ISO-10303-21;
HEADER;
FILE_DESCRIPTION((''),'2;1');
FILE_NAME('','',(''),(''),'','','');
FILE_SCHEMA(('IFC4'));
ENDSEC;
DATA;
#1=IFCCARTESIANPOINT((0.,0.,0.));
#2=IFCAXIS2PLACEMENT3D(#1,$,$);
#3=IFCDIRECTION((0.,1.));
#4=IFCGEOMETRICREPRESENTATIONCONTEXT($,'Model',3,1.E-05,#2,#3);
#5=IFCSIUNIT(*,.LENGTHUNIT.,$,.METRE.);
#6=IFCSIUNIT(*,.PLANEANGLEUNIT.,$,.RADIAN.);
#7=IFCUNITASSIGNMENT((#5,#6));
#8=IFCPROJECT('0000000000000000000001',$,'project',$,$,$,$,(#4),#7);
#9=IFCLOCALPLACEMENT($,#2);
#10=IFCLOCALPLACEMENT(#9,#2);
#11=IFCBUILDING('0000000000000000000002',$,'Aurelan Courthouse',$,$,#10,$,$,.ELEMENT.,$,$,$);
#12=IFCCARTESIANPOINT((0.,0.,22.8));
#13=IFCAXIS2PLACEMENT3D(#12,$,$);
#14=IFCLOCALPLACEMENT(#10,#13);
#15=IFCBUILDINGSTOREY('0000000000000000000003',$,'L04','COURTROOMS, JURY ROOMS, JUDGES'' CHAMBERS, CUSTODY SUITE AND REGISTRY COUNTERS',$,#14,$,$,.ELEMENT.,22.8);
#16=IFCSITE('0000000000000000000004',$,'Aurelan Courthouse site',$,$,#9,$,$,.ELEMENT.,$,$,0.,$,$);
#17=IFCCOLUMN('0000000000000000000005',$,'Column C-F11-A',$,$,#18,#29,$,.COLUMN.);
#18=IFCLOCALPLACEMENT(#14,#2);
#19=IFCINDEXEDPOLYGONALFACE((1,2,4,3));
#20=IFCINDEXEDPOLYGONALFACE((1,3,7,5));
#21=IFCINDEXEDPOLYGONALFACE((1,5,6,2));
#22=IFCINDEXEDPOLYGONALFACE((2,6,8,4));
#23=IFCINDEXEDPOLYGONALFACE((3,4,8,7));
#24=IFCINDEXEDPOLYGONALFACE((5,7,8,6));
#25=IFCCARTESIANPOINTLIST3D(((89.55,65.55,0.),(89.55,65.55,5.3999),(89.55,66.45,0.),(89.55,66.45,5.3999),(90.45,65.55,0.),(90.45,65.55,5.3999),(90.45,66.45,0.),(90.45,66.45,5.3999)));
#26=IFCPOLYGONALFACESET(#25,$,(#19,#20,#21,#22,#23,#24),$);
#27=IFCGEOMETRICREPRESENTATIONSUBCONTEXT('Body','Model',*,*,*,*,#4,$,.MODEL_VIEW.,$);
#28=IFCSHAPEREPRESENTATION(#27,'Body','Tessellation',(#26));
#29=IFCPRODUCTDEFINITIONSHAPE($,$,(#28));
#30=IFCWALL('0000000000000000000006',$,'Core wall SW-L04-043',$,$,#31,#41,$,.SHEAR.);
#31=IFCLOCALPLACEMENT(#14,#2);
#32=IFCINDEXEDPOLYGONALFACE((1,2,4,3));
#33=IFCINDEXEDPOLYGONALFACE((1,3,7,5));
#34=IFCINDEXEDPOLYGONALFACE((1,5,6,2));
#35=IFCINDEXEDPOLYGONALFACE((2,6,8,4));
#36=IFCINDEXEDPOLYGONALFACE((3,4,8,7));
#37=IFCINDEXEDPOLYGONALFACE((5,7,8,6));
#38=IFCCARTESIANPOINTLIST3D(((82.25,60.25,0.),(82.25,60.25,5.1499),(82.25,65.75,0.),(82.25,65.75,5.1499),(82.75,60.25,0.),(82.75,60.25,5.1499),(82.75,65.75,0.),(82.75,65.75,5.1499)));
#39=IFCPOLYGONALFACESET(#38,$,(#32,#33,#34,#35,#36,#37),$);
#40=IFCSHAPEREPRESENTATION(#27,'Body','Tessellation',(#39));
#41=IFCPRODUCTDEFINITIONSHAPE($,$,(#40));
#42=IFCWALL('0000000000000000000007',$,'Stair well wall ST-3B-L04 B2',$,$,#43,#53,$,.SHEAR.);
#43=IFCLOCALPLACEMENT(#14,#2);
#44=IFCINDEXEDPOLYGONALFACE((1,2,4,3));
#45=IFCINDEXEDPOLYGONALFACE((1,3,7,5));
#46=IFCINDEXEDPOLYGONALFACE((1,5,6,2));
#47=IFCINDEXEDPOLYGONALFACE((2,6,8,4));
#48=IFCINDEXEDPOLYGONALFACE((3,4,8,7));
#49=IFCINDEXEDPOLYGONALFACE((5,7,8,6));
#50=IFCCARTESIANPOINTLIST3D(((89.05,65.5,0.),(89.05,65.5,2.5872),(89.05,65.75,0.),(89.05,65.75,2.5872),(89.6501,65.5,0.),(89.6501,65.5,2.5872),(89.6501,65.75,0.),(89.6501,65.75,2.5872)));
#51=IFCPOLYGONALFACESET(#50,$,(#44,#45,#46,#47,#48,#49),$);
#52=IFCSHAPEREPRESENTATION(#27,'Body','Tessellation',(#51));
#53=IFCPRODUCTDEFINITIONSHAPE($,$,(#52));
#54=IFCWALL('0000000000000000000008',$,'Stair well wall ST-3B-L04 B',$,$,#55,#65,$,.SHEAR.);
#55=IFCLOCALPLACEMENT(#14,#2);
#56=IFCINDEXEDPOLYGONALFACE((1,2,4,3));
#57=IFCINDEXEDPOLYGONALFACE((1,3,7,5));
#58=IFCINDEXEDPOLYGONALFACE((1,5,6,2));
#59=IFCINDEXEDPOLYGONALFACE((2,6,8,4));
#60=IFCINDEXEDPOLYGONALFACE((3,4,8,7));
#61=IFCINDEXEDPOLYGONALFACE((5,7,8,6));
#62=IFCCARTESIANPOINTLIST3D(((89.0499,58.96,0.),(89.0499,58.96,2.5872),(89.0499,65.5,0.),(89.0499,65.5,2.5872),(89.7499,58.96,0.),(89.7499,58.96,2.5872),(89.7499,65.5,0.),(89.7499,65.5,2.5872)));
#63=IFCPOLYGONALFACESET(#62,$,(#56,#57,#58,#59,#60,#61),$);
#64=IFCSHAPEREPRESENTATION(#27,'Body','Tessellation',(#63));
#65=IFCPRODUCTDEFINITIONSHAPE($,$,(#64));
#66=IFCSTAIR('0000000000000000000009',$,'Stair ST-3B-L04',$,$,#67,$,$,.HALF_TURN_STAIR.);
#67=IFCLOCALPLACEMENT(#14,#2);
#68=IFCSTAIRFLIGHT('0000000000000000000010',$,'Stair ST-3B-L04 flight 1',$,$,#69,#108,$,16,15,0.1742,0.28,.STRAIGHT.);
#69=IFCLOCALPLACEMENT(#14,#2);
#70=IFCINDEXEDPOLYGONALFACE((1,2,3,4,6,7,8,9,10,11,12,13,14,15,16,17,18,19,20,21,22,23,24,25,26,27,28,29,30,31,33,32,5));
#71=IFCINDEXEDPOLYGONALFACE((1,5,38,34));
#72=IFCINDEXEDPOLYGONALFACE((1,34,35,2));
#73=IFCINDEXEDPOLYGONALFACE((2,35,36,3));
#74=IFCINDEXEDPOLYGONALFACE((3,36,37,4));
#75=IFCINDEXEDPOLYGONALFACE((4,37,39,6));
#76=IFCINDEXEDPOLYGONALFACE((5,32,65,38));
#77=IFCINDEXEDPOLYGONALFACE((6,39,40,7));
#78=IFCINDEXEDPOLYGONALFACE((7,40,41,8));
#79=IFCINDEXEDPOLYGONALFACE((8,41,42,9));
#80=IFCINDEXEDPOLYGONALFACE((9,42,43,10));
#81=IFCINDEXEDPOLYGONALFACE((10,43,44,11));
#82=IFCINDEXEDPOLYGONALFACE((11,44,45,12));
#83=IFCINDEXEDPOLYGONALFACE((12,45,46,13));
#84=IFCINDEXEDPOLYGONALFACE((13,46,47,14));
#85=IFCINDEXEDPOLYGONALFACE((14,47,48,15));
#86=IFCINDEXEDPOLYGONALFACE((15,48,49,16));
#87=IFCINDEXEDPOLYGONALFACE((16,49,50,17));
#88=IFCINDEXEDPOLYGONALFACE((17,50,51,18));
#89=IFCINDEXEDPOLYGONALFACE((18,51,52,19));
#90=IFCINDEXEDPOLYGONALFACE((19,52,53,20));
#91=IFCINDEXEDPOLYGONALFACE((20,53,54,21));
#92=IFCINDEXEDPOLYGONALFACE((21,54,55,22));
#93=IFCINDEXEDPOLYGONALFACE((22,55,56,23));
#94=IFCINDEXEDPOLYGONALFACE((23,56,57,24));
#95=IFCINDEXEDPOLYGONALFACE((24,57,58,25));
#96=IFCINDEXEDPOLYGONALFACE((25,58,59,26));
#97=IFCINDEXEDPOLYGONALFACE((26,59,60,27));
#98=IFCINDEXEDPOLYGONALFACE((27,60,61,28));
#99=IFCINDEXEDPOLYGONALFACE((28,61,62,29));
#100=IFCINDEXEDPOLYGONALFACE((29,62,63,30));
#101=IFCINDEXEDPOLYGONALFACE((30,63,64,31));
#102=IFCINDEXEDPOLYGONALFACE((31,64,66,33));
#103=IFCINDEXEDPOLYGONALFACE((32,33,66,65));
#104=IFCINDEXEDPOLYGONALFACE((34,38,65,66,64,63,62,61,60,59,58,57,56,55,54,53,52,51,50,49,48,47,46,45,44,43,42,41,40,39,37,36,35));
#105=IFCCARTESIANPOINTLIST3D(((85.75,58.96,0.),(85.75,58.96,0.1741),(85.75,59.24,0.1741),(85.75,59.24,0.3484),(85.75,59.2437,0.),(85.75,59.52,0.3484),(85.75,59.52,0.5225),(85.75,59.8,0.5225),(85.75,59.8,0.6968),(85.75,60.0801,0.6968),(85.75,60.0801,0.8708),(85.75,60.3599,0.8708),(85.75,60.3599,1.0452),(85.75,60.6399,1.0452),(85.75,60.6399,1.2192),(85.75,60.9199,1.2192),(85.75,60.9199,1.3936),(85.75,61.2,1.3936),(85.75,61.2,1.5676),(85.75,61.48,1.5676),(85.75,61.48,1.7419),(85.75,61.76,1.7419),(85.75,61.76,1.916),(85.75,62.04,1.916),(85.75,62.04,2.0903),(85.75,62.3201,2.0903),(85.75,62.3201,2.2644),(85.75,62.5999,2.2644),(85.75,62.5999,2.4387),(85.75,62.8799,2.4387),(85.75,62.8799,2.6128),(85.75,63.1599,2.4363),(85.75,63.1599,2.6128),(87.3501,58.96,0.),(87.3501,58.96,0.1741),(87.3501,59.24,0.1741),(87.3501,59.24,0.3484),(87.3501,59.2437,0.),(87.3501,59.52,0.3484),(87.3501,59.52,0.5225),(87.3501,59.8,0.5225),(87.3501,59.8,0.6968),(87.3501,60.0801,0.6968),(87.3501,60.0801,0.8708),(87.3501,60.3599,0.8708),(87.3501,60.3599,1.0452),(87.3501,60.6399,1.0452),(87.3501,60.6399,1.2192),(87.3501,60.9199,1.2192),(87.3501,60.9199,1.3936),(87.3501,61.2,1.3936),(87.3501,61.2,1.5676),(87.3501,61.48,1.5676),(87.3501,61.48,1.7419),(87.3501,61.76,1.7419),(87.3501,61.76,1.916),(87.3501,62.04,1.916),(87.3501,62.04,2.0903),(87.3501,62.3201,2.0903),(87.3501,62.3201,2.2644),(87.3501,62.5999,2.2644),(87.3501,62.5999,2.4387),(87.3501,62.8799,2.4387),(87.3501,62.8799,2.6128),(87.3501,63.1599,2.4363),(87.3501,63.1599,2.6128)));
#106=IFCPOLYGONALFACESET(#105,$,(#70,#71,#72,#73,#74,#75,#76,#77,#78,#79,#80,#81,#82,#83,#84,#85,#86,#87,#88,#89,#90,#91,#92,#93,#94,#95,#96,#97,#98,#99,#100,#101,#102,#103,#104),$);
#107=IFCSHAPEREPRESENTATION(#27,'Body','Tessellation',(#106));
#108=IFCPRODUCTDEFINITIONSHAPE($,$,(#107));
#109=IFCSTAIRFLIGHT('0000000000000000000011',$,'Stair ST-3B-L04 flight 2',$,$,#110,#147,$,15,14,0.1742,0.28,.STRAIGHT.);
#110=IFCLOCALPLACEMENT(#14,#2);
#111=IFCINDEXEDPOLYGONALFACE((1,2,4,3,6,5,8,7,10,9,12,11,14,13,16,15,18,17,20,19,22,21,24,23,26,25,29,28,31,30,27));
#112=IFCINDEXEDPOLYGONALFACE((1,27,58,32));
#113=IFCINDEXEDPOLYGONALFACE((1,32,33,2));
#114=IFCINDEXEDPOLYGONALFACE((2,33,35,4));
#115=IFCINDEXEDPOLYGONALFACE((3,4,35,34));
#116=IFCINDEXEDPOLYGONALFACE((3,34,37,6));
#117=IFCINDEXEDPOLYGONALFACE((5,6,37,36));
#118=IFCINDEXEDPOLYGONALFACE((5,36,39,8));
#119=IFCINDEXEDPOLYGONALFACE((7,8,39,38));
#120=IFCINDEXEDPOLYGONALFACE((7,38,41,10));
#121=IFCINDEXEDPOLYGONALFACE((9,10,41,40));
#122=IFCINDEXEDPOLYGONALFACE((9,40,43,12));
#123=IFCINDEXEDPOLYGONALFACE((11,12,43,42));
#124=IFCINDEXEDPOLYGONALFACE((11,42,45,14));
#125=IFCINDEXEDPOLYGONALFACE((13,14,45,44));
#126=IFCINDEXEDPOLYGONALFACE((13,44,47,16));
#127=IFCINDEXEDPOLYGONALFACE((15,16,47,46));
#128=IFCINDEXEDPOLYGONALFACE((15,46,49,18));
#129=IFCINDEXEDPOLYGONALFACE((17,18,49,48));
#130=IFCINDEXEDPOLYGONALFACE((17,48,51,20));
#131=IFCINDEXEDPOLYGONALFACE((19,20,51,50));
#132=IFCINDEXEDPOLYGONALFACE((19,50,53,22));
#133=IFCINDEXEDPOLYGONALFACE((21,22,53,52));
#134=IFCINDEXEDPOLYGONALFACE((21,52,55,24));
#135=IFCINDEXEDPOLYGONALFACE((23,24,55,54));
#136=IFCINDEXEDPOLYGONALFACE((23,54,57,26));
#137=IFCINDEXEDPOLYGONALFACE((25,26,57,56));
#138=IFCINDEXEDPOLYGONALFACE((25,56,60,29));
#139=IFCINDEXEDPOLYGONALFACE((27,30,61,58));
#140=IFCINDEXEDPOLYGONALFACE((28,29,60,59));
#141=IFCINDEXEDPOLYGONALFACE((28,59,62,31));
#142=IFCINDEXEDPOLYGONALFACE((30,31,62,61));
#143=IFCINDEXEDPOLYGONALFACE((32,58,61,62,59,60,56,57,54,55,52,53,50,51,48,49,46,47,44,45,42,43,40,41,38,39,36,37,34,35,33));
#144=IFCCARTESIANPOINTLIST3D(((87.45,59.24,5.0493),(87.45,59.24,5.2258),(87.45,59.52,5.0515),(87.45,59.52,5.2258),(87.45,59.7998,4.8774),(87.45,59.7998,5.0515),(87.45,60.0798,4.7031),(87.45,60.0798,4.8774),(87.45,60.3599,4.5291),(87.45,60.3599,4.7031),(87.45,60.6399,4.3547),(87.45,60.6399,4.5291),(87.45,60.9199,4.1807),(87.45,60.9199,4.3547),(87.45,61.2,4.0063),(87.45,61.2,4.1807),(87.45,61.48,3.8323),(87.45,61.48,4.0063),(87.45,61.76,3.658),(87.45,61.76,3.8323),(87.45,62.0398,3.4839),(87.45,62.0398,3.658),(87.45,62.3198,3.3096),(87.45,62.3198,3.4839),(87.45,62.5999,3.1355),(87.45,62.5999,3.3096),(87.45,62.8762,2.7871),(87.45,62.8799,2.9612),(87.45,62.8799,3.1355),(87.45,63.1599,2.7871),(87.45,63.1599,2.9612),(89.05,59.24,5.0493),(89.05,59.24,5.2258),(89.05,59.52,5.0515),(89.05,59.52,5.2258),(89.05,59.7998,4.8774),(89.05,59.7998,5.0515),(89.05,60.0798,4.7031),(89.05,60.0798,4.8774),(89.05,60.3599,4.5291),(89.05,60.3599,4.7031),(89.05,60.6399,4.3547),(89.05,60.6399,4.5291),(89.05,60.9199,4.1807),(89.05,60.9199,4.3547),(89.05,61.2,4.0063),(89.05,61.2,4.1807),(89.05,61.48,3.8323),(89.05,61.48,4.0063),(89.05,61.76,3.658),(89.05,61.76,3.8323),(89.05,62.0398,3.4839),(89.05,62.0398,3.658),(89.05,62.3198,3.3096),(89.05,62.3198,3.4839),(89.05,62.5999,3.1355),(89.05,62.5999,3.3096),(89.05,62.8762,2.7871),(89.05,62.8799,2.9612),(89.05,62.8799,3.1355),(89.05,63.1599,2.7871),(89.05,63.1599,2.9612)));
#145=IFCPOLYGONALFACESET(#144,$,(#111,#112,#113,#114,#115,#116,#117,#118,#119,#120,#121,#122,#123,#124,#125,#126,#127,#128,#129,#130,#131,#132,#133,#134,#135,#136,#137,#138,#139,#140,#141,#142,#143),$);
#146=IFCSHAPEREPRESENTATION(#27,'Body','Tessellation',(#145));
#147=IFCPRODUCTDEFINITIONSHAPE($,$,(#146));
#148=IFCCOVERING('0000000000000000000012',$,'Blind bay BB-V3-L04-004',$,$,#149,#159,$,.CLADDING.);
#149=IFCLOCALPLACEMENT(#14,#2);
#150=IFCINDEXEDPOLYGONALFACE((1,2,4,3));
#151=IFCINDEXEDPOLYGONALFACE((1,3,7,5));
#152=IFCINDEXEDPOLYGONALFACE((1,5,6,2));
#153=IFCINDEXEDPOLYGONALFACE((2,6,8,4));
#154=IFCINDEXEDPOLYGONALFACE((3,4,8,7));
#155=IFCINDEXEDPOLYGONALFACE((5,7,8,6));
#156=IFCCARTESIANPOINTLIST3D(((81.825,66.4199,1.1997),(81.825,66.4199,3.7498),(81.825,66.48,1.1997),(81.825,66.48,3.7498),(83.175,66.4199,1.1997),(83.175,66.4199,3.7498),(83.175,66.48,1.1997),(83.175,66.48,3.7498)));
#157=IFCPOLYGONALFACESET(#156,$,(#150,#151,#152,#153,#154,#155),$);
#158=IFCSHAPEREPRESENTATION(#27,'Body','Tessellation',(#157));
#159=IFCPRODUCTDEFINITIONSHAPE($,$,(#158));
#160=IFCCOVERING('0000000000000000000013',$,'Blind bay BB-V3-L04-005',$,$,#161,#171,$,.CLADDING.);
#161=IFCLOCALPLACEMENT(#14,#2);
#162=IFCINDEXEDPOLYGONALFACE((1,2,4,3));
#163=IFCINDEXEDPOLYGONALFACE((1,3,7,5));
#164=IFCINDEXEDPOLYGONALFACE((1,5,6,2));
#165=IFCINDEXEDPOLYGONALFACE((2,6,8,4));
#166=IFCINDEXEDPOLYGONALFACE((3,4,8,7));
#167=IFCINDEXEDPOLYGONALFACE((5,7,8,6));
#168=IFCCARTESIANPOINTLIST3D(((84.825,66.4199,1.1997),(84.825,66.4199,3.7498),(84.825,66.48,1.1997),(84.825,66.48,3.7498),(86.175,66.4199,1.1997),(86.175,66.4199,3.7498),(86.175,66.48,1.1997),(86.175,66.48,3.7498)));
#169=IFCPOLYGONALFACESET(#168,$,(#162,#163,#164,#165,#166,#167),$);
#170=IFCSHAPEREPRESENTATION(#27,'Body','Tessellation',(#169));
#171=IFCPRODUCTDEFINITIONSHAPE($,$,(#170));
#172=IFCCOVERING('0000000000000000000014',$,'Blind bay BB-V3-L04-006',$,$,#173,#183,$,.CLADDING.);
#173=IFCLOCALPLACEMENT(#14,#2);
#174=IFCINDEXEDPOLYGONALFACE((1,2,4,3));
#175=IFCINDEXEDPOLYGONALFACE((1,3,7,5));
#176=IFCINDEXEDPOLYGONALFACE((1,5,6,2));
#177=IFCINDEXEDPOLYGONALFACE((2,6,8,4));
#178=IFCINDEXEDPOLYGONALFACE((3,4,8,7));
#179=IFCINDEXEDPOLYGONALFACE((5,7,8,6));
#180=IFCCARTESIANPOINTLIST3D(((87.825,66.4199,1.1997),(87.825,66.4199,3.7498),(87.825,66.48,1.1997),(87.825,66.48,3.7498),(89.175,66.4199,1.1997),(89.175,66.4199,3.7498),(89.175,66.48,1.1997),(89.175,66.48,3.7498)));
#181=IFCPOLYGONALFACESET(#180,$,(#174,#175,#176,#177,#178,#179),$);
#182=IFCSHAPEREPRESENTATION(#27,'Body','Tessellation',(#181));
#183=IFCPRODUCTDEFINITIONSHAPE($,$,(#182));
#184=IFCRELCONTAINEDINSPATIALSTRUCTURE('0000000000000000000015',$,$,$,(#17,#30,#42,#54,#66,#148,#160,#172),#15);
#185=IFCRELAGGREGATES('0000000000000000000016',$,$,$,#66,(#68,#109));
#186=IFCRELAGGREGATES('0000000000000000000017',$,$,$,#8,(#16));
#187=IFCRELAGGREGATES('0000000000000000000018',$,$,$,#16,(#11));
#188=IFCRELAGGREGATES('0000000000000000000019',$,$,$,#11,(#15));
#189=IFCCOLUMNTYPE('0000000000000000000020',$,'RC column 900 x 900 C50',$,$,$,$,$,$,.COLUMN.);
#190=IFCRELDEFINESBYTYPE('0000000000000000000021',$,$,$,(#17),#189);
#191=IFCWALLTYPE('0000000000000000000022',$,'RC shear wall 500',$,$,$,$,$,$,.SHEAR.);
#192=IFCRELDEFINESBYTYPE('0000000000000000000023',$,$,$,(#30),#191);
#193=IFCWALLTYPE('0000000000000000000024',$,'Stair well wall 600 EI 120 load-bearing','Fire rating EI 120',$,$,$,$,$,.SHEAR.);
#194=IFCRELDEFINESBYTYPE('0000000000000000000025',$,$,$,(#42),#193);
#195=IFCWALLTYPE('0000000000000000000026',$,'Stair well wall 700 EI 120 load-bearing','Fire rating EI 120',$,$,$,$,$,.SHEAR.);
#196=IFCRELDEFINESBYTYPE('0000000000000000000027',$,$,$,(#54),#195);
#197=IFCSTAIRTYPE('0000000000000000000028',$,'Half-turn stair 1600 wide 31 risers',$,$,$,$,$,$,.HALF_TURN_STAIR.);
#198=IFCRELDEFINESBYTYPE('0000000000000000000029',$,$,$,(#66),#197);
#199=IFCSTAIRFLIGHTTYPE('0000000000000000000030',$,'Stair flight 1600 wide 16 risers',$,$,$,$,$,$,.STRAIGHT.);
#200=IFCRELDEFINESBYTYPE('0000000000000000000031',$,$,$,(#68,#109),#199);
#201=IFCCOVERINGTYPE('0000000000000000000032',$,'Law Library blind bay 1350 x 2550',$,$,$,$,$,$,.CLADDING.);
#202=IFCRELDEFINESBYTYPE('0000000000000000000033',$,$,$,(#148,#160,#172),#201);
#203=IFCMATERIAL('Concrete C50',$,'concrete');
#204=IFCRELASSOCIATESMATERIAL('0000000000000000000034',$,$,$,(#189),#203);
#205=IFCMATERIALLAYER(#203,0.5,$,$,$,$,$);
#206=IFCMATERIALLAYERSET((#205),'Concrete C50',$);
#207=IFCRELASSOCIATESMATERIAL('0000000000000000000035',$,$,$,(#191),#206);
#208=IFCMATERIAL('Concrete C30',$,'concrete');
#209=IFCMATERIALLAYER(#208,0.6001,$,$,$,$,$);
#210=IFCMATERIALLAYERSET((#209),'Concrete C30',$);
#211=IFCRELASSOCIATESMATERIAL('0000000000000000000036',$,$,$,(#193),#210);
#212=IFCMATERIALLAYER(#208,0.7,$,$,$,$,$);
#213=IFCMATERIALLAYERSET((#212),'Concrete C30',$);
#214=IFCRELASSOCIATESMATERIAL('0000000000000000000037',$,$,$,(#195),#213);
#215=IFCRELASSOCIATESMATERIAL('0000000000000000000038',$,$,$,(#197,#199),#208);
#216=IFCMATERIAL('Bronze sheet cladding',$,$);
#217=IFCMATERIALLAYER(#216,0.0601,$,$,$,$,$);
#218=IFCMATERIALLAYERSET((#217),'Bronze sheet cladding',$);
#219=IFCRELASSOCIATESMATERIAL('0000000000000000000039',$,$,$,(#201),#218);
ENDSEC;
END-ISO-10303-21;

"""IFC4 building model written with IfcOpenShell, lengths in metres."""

from ifc_helpers import new_model, si_unit, direction, frame, frame_2d, origin, origin_2d, place, context, subcontext, project, spatial, polyline, rectangle, outline, extrude, material, layer, layer_set, material_profile, profile_set, type_object, element, aggregate, save


model = new_model("IFC4")

# Units and contexts
model_context = context("Model", 3, precision=1e-05, world=origin(), true_north=direction((0.0, 1.0)))
body_context = subcontext(model_context, "Body", "Model", "MODEL_VIEW")
ifc_project = project(units=[si_unit("LENGTHUNIT", "METRE"), si_unit("PLANEANGLEUNIT", "RADIAN")], contexts=[model_context])

# Site, building, storey
site_placement = place(None, origin())
site = spatial("IfcSite", under=ifc_project, at=site_placement, Name="Aurelan Courthouse site", CompositionType="ELEMENT", RefElevation=0.0)
building_placement = place(site_placement, origin())
building = spatial("IfcBuilding", under=site, at=building_placement, Name="Aurelan Courthouse", CompositionType="ELEMENT")
storey_placement = place(building_placement, frame((0.0, 0.0, 22.8)))
storey = spatial("IfcBuildingStorey", under=building, at=storey_placement, Name="L04", Description="COURTROOMS, JURY ROOMS, JUDGES' CHAMBERS, CUSTODY SUITE AND REGISTRY COUNTERS", CompositionType="ELEMENT", Elevation=22.8)

# Column
ifc_material_1 = material(Name="Concrete C50", Category="concrete")
ifc_material_profile = material_profile(ifc_material_1, rectangle(XDim=0.8999, YDim=0.8999, at=origin_2d()), Name="RC 900 x 900")
ifc_profile_set = profile_set([ifc_material_profile], Name="Concrete C50")
column_type = type_object("IfcColumnType", Name="RC column 900 x 900 C50", PredefinedType="COLUMN", material=ifc_profile_set)
column_placement = place(storey_placement, frame((90.0, 66.0, 0.0), z_axis=(0.0, 0.0, 1.0), x_axis=(1.0, 0.0, 0.0)))
element("IfcColumn", 1, at=column_placement, inside=storey, type_object=column_type, Name="Column C-F11-A", PredefinedType="COLUMN", context=body_context, shape_type="SweptSolid", body=[
    extrude(rectangle(XDim=0.8999, YDim=0.8999, at=origin_2d()), origin(), (0.0, 0.0, 1.0), 5.3999),
])

# Walls
ifc_layer_1 = layer(ifc_material_1, 0.5)
ifc_layer_set_1 = layer_set([ifc_layer_1], Name="Concrete C50")
wall_type_1 = type_object("IfcWallType", Name="RC shear wall 500", PredefinedType="SHEAR", material=ifc_layer_set_1)
wall_1_placement = place(storey_placement, frame((82.5, 60.25, 0.0), z_axis=(0.0, 0.0, 1.0), x_axis=(0.0, 1.0, 0.0)))
element("IfcWall", 2, at=wall_1_placement, inside=storey, type_object=wall_type_1, Name="Core wall SW-L04-043", PredefinedType="SHEAR", context=body_context, shape_type="SweptSolid", body=[
    extrude(rectangle(XDim=5.5, YDim=0.5, at=frame_2d((2.75, 0.0))), origin(), (0.0, 0.0, 1.0), 5.1499),
])
ifc_material_2 = material(Name="Concrete C30", Category="concrete")
ifc_layer_2 = layer(ifc_material_2, 0.6001)
ifc_layer_set_2 = layer_set([ifc_layer_2], Name="Concrete C30")
wall_type_2 = type_object("IfcWallType", Name="Stair well wall 600 EI 120 load-bearing", Description="Fire rating EI 120", PredefinedType="SHEAR", material=ifc_layer_set_2)
wall_2_placement = place(storey_placement, frame((89.3501, 65.5, 0.0), z_axis=(0.0, 0.0, 1.0), x_axis=(0.0, 1.0, 0.0)))
element("IfcWall", 3, at=wall_2_placement, inside=storey, type_object=wall_type_2, Name="Stair well wall ST-3B-L04 B2", PredefinedType="SHEAR", context=body_context, shape_type="SweptSolid", body=[
    extrude(rectangle(XDim=0.25, YDim=0.6001, at=frame_2d((0.125, 0.0))), origin(), (0.0, 0.0, 1.0), 2.5872),
])
ifc_layer_3 = layer(ifc_material_2, 0.7)
ifc_layer_set_3 = layer_set([ifc_layer_3], Name="Concrete C30")
wall_type_3 = type_object("IfcWallType", Name="Stair well wall 700 EI 120 load-bearing", Description="Fire rating EI 120", PredefinedType="SHEAR", material=ifc_layer_set_3)
wall_3_placement = place(storey_placement, frame((89.3999, 58.96, 0.0), z_axis=(0.0, 0.0, 1.0), x_axis=(0.0, 1.0, 0.0)))
element("IfcWall", 4, at=wall_3_placement, inside=storey, type_object=wall_type_3, Name="Stair well wall ST-3B-L04 B", PredefinedType="SHEAR", context=body_context, shape_type="SweptSolid", body=[
    extrude(rectangle(XDim=6.54, YDim=0.7, at=frame_2d((3.27, 0.0))), origin(), (0.0, 0.0, 1.0), 2.5872),
])

# Stair, stair flights
stair_type = type_object("IfcStairType", Name="Half-turn stair 1600 wide 31 risers", PredefinedType="HALF_TURN_STAIR", material=ifc_material_2)
stair_placement = place(storey_placement, origin())
stair = element("IfcStair", 5, at=stair_placement, inside=storey, type_object=stair_type, Name="Stair ST-3B-L04", PredefinedType="HALF_TURN_STAIR")
stair_flight_type = type_object("IfcStairFlightType", Name="Stair flight 1600 wide 16 risers", PredefinedType="STRAIGHT", material=ifc_material_2)
stair_flight_1_placement = place(storey_placement, frame((86.55, 58.96, 0.0), z_axis=(0.0, 0.0, 1.0), x_axis=(0.0, 1.0, 0.0)))
stair_flight_1 = element("IfcStairFlight", 6, at=stair_flight_1_placement, type_object=stair_flight_type, Name="Stair ST-3B-L04 flight 1", NumberOfRisers=16, NumberOfTreads=15, PredefinedType="STRAIGHT", RiserHeight=0.1742, TreadLength=0.28, context=body_context, shape_type="SweptSolid", body=[
    extrude(outline(polyline([(0.0, 0.0), (0.0, 0.1741), (0.28, 0.1741), (0.28, 0.3484), (0.5601, 0.3484), (0.5601, 0.5225), (0.8401, 0.5225), (0.8401, 0.6968), (1.1201, 0.6968), (1.1201, 0.8708), (1.3999, 0.8708), (1.3999, 1.0452), (1.6799, 1.0452), (1.6799, 1.2192), (1.96, 1.2192), (1.96, 1.3936), (2.24, 1.3936), (2.24, 1.5676), (2.52, 1.5676), (2.52, 1.7419), (2.8, 1.7419), (2.8, 1.916), (3.0801, 1.916), (3.0801, 2.0903), (3.3601, 2.0903), (3.3601, 2.2644), (3.6399, 2.2644), (3.6399, 2.4387), (3.9199, 2.4387), (3.9199, 2.6128), (4.2, 2.6128), (4.2, 2.7871), (4.2, 2.4363), (0.2837, 0.0), (0.0, 0.0)])), frame((0.0, 0.8, 0.0), z_axis=(0.0, -1.0, 0.0), x_axis=(1.0, 0.0, 0.0)), (0.0, 0.0, 1.0), 1.6001),
])
stair_flight_2_placement = place(storey_placement, frame((88.25, 63.1599, 2.7871), z_axis=(0.0, 0.0, 1.0), x_axis=(0.0, -1.0, 0.0)))
stair_flight_2 = element("IfcStairFlight", 7, at=stair_flight_2_placement, type_object=stair_flight_type, Name="Stair ST-3B-L04 flight 2", NumberOfRisers=15, NumberOfTreads=14, PredefinedType="STRAIGHT", RiserHeight=0.1742, TreadLength=0.28, context=body_context, shape_type="SweptSolid", body=[
    extrude(outline(polyline([(0.0, 0.0), (0.0, 0.1741), (0.28, 0.1741), (0.28, 0.3484), (0.5601, 0.3484), (0.5601, 0.5225), (0.8401, 0.5225), (0.8401, 0.6968), (1.1201, 0.6968), (1.1201, 0.8708), (1.3999, 0.8708), (1.3999, 1.0452), (1.6799, 1.0452), (1.6799, 1.2192), (1.96, 1.2192), (1.96, 1.3936), (2.24, 1.3936), (2.24, 1.5676), (2.52, 1.5676), (2.52, 1.7419), (2.8, 1.7419), (2.8, 1.916), (3.0801, 1.916), (3.0801, 2.0903), (3.3601, 2.0903), (3.3601, 2.2644), (3.6399, 2.2644), (3.6399, 2.4387), (3.9199, 2.4387), (3.9199, 2.6128), (3.9199, 2.2622), (0.2837, 0.0), (0.0, 0.0)])), frame((0.0, 0.8, 0.0), z_axis=(0.0, -1.0, 0.0), x_axis=(1.0, 0.0, 0.0)), (0.0, 0.0, 1.0), 1.6001),
])
aggregate(stair, [stair_flight_1, stair_flight_2])

# Coverings
ifc_material_3 = material(Name="Bronze sheet cladding")
ifc_layer_4 = layer(ifc_material_3, 0.0601)
ifc_layer_set_4 = layer_set([ifc_layer_4], Name="Bronze sheet cladding")
covering_type = type_object("IfcCoveringType", Name="Law Library blind bay 1350 x 2550", PredefinedType="CLADDING", material=ifc_layer_set_4)
for number, where, z_axis, x_axis, name in (
    (8, (82.5, 66.45, 1.1997), (0.0, 0.0, 1.0), (1.0, 0.0, 0.0), "Blind bay BB-V3-L04-004"),
    (9, (85.5, 66.45, 1.1997), (0.0, 0.0, 1.0), (1.0, 0.0, 0.0), "Blind bay BB-V3-L04-005"),
    (10, (88.5, 66.45, 1.1997), (0.0, 0.0, 1.0), (1.0, 0.0, 0.0), "Blind bay BB-V3-L04-006"),
):
    element("IfcCovering", number, at=place(storey_placement, frame(where, z_axis=z_axis, x_axis=x_axis)), inside=storey, type_object=covering_type, Name=name, PredefinedType="CLADDING", context=body_context, shape_type="SweptSolid", body=[
        extrude(rectangle(XDim=1.3501, YDim=0.0601, at=origin_2d()), origin(), (0.0, 0.0, 1.0), 2.55),
    ])

save(model, "model.ifc")
